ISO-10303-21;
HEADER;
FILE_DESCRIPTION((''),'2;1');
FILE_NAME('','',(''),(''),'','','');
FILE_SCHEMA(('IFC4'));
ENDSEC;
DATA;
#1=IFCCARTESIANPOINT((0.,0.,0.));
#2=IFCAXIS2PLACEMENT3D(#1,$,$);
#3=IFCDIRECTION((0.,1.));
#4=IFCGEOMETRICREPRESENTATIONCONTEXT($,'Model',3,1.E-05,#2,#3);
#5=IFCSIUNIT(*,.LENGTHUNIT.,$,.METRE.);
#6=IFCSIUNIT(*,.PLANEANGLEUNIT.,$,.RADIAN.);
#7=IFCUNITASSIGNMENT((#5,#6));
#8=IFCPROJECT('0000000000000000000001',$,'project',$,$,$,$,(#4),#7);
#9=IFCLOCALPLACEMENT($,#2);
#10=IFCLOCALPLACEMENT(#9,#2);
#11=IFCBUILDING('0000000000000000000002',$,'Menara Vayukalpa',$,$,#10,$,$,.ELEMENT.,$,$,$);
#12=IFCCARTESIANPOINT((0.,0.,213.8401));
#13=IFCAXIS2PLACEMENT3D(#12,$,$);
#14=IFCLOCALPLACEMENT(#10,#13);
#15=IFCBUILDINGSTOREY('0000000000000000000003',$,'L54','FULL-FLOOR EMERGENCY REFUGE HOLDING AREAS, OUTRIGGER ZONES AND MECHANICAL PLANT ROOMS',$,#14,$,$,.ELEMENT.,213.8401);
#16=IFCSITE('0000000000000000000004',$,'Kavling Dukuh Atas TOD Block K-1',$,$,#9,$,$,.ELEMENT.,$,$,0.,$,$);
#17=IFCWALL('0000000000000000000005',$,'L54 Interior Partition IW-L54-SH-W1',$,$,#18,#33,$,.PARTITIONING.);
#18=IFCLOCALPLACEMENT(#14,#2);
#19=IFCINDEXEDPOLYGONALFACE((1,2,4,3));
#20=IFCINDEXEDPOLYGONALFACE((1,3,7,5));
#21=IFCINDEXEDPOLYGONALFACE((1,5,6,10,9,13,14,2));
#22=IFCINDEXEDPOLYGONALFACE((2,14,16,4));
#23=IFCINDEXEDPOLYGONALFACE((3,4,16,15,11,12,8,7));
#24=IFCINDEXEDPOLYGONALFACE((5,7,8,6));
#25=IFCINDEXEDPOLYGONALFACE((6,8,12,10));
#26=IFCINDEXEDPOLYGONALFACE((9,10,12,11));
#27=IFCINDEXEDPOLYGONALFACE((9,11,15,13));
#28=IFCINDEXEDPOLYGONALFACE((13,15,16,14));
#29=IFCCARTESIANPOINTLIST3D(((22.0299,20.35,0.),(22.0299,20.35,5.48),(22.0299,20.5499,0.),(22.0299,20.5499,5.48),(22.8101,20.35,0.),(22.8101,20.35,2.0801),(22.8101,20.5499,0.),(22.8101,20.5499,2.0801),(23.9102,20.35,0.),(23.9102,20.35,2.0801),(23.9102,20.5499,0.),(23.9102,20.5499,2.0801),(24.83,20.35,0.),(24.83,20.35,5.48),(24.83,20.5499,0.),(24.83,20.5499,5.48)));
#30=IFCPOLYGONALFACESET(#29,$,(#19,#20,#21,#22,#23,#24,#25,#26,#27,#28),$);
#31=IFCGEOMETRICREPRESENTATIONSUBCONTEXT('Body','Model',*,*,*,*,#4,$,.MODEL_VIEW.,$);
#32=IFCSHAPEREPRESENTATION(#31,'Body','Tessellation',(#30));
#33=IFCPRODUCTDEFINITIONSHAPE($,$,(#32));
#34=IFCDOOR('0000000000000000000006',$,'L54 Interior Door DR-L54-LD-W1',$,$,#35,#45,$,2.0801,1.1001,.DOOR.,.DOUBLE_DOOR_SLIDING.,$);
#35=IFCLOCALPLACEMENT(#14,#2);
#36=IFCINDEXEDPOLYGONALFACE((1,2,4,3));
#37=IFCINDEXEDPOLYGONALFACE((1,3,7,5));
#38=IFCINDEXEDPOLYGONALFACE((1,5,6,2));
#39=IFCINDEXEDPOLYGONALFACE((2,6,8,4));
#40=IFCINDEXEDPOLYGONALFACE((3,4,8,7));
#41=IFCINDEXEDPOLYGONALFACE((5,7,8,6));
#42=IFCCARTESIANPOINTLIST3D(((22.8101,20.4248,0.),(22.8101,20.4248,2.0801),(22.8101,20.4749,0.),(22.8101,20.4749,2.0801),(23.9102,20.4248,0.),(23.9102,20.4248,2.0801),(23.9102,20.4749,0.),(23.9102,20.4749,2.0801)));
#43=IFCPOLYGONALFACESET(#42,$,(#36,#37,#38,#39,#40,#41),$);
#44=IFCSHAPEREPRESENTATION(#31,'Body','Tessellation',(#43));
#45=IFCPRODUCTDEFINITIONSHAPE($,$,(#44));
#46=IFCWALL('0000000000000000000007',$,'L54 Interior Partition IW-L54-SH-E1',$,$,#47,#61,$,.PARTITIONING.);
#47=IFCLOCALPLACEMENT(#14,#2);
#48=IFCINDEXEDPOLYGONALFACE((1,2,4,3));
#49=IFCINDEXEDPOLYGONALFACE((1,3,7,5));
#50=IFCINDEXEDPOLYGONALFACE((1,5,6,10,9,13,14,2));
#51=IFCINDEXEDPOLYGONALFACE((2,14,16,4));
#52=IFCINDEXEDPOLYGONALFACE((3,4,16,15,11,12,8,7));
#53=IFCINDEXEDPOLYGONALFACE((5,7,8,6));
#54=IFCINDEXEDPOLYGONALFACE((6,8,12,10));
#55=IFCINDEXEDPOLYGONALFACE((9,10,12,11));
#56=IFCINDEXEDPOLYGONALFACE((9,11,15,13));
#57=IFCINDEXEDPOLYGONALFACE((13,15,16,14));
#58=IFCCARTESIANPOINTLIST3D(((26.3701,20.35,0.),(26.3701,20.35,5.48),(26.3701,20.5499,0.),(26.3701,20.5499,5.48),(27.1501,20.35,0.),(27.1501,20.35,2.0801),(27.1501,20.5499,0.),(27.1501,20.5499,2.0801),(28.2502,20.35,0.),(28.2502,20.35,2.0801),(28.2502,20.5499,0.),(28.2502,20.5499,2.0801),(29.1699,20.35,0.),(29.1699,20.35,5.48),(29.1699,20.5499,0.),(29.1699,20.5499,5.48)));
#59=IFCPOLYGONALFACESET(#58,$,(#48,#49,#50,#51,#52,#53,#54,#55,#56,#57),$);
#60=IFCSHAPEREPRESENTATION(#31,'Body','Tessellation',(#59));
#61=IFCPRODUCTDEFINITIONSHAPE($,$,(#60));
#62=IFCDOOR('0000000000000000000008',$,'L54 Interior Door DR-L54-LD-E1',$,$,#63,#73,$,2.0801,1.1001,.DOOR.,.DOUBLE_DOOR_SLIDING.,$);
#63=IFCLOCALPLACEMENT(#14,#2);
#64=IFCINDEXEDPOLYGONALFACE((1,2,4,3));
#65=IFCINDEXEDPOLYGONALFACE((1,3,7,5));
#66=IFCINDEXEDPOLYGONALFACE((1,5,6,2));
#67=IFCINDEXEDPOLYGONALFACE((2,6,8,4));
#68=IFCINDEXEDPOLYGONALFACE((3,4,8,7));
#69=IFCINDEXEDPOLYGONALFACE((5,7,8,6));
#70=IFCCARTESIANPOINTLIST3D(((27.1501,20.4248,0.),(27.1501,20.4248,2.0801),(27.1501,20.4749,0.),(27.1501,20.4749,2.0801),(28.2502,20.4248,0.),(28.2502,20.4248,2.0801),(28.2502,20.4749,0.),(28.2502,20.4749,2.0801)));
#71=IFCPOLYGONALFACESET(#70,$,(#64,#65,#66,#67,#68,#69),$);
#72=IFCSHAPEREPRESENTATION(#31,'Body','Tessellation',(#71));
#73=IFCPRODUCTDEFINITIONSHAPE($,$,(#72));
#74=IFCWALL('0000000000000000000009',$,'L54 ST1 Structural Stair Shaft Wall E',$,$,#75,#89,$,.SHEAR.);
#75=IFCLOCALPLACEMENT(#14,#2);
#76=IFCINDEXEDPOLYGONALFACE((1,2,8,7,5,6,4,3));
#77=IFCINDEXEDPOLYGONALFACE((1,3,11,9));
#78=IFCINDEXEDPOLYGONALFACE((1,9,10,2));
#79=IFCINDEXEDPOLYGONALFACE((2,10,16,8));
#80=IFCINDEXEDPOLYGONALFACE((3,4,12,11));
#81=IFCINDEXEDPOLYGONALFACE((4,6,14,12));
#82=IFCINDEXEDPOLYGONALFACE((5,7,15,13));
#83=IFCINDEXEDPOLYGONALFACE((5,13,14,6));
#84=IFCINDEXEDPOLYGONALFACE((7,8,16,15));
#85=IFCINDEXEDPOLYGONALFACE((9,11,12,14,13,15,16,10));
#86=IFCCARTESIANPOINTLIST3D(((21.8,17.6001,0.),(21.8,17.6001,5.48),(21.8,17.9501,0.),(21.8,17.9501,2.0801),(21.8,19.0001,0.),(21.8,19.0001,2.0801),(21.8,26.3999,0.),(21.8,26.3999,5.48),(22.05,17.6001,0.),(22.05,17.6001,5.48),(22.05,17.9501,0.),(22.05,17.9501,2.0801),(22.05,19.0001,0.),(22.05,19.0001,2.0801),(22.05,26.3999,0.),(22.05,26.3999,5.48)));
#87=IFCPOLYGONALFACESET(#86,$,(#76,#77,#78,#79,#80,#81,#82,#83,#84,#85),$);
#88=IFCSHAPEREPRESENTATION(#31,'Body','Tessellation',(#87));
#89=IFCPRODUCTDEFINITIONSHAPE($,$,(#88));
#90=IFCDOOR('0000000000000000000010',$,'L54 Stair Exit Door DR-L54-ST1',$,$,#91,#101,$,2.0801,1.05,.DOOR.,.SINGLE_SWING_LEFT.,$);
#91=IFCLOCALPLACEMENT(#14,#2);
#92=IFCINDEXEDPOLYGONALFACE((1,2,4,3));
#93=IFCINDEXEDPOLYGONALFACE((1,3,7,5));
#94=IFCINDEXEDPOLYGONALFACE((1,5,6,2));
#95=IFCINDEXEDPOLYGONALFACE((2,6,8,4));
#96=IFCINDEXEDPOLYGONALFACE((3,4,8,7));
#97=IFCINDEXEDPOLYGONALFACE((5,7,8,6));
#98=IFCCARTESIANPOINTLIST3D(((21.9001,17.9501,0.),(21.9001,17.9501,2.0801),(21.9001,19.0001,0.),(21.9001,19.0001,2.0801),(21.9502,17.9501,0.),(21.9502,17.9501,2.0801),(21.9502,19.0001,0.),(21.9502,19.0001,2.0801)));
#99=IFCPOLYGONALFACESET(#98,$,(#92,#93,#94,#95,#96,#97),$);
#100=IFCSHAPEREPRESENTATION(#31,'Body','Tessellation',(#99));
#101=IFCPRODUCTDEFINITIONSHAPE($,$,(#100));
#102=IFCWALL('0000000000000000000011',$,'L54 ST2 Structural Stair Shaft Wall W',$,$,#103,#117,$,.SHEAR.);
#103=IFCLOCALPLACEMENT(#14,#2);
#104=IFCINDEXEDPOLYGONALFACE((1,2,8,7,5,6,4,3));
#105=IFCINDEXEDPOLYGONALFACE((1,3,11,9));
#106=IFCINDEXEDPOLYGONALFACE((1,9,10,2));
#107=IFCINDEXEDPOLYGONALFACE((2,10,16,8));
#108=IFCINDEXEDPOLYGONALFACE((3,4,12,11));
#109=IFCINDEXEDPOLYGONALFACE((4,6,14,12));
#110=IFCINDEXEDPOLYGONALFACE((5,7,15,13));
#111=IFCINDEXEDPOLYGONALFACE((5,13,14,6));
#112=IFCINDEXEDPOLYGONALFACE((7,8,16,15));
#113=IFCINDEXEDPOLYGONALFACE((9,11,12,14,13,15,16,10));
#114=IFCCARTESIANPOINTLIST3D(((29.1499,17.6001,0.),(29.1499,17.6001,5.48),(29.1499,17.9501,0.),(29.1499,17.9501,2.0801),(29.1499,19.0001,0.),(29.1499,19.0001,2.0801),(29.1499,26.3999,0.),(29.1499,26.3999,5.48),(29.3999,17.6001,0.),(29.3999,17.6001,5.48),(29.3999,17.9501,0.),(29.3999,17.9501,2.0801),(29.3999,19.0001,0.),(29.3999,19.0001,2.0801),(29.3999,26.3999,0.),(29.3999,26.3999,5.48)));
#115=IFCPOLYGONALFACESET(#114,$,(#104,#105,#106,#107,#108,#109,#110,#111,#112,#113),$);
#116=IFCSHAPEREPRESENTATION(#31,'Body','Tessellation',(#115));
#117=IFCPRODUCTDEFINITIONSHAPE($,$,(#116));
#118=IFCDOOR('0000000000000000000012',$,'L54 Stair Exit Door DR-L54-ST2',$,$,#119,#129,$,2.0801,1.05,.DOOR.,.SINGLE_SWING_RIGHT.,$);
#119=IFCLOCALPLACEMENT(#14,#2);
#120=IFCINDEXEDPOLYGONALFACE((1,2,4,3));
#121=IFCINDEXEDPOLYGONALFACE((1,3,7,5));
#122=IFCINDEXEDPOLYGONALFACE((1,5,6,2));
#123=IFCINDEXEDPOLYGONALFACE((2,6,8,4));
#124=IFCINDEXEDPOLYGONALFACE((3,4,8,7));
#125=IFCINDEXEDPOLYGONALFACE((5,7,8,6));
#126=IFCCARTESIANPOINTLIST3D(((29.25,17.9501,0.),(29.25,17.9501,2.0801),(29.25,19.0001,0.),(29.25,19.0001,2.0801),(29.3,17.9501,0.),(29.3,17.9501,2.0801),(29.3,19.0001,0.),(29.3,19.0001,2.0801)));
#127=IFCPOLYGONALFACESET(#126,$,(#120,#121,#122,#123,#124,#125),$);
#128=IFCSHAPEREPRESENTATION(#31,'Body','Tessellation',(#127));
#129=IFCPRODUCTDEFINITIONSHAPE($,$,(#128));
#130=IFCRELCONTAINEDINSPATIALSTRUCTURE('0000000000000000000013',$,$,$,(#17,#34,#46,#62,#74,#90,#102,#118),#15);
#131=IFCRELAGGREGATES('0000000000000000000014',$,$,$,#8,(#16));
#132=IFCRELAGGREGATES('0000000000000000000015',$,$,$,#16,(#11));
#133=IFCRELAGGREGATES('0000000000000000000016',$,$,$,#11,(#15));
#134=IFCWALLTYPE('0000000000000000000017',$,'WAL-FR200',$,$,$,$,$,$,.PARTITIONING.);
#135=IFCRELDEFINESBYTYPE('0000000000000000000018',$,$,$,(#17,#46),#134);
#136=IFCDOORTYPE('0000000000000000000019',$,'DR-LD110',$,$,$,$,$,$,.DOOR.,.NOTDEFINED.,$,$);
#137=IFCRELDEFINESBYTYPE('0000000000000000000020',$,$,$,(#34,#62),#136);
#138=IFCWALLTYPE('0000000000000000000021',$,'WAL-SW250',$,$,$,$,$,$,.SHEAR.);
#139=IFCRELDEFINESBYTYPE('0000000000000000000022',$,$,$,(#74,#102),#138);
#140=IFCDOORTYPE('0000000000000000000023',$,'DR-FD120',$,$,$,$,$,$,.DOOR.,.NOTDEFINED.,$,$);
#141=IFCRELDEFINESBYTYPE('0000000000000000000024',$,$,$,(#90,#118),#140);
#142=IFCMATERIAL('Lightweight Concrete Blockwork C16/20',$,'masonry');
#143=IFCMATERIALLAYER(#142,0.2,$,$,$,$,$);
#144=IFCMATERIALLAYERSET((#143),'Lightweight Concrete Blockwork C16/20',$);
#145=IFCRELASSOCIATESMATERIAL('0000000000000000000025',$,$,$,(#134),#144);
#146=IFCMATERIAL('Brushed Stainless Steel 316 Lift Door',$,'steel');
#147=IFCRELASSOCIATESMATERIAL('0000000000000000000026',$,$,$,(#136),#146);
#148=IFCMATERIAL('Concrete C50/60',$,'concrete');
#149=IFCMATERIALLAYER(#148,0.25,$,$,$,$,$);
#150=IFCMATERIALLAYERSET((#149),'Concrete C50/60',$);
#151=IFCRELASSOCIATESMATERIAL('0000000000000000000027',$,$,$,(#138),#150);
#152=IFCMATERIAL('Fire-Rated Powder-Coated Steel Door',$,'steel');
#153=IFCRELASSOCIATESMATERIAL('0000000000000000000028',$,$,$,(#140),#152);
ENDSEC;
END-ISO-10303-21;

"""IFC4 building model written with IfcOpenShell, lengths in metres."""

from ifc_helpers import new_model, si_unit, direction, frame, frame_2d, origin, place, context, subcontext, project, spatial, rectangle, extrude, material, layer, layer_set, type_object, element, fill, save


model = new_model("IFC4")

# Units and contexts
model_context = context("Model", 3, precision=1e-05, world=origin(), true_north=direction((0.0, 1.0)))
body_context = subcontext(model_context, "Body", "Model", "MODEL_VIEW")
ifc_project = project(units=[si_unit("LENGTHUNIT", "METRE"), si_unit("PLANEANGLEUNIT", "RADIAN")], contexts=[model_context])

# Site, building, storey
site_placement = place(None, origin())
site = spatial("IfcSite", under=ifc_project, at=site_placement, Name="Kavling Dukuh Atas TOD Block K-1", CompositionType="ELEMENT", RefElevation=0.0)
building_placement = place(site_placement, origin())
building = spatial("IfcBuilding", under=site, at=building_placement, Name="Menara Vayukalpa", CompositionType="ELEMENT")
storey_placement = place(building_placement, frame((0.0, 0.0, 213.8401)))
storey = spatial("IfcBuildingStorey", under=building, at=storey_placement, Name="L54", Description="FULL-FLOOR EMERGENCY REFUGE HOLDING AREAS, OUTRIGGER ZONES AND MECHANICAL PLANT ROOMS", CompositionType="ELEMENT", Elevation=213.8401)

# Walls, openings, doors
ifc_material_1 = material(Name="Lightweight Concrete Blockwork C16/20", Category="masonry")
ifc_layer_1 = layer(ifc_material_1, 0.2)
ifc_layer_set_1 = layer_set([ifc_layer_1], Name="Lightweight Concrete Blockwork C16/20")
wall_type_1 = type_object("IfcWallType", Name="WAL-FR200", PredefinedType="PARTITIONING", material=ifc_layer_set_1)
wall_1_placement = place(storey_placement, frame((22.03, 20.45, 0.0), z_axis=(0.0, 0.0, 1.0), x_axis=(1.0, 0.0, 0.0)))
wall_1 = element("IfcWall", 1, at=wall_1_placement, inside=storey, type_object=wall_type_1, Name="L54 Interior Partition IW-L54-SH-W1", PredefinedType="PARTITIONING", context=body_context, shape_type="SweptSolid", body=[
    extrude(rectangle(XDim=2.8, YDim=0.2, at=frame_2d((1.3999, 0.0))), origin(), (0.0, 0.0, 1.0), 5.48),
])
opening_1_placement = place(wall_1_placement, frame((0.78, 0.0, 0.0)))
opening_1 = element("IfcOpeningElement", 2, at=opening_1_placement, cuts=wall_1, PredefinedType="OPENING", context=body_context, shape_type="SweptSolid", body=[
    extrude(rectangle(XDim=1.1001, YDim=2.0801, at=frame_2d((0.55, 1.04))), frame((0.0, 0.1099, 0.0), z_axis=(0.0, -1.0, 0.0), x_axis=(1.0, 0.0, 0.0)), (0.0, 0.0, 1.0), 0.22),
])
ifc_material_2 = material(Name="Brushed Stainless Steel 316 Lift Door", Category="steel")
door_type_1 = type_object("IfcDoorType", Name="DR-LD110", OperationType="NOTDEFINED", PredefinedType="DOOR", material=ifc_material_2)
door_1_placement = place(opening_1_placement, origin())
door_1 = element("IfcDoor", 3, at=door_1_placement, inside=storey, type_object=door_type_1, Name="L54 Interior Door DR-L54-LD-W1", OperationType="DOUBLE_DOOR_SLIDING", OverallHeight=2.0801, OverallWidth=1.1001, PredefinedType="DOOR", context=body_context, shape_type="SweptSolid", body=[
    extrude(rectangle(XDim=1.1001, YDim=2.0801, at=frame_2d((0.55, 1.04))), frame((0.0, 0.0249, 0.0), z_axis=(0.0, -1.0, 0.0), x_axis=(1.0, 0.0, 0.0)), (0.0, 0.0, 1.0), 0.05),
])
fill(opening_1, door_1)
wall_2_placement = place(storey_placement, frame((26.3701, 20.45, 0.0), z_axis=(0.0, 0.0, 1.0), x_axis=(1.0, 0.0, 0.0)))
wall_2 = element("IfcWall", 4, at=wall_2_placement, inside=storey, type_object=wall_type_1, Name="L54 Interior Partition IW-L54-SH-E1", PredefinedType="PARTITIONING", context=body_context, shape_type="SweptSolid", body=[
    extrude(rectangle(XDim=2.7998, YDim=0.2, at=frame_2d((1.3999, 0.0))), origin(), (0.0, 0.0, 1.0), 5.48),
])
opening_2_placement = place(wall_2_placement, frame((0.78, 0.0, 0.0)))
opening_2 = element("IfcOpeningElement", 5, at=opening_2_placement, cuts=wall_2, PredefinedType="OPENING", context=body_context, shape_type="SweptSolid", body=[
    extrude(rectangle(XDim=1.1001, YDim=2.0801, at=frame_2d((0.55, 1.04))), frame((0.0, 0.1099, 0.0), z_axis=(0.0, -1.0, 0.0), x_axis=(1.0, 0.0, 0.0)), (0.0, 0.0, 1.0), 0.22),
])
door_2_placement = place(opening_2_placement, origin())
door_2 = element("IfcDoor", 6, at=door_2_placement, inside=storey, type_object=door_type_1, Name="L54 Interior Door DR-L54-LD-E1", OperationType="DOUBLE_DOOR_SLIDING", OverallHeight=2.0801, OverallWidth=1.1001, PredefinedType="DOOR", context=body_context, shape_type="SweptSolid", body=[
    extrude(rectangle(XDim=1.1001, YDim=2.0801, at=frame_2d((0.55, 1.04))), frame((0.0, 0.0249, 0.0), z_axis=(0.0, -1.0, 0.0), x_axis=(1.0, 0.0, 0.0)), (0.0, 0.0, 1.0), 0.05),
])
fill(opening_2, door_2)
ifc_material_3 = material(Name="Concrete C50/60", Category="concrete")
ifc_layer_2 = layer(ifc_material_3, 0.25)
ifc_layer_set_2 = layer_set([ifc_layer_2], Name="Concrete C50/60")
wall_type_2 = type_object("IfcWallType", Name="WAL-SW250", PredefinedType="SHEAR", material=ifc_layer_set_2)
wall_3_placement = place(storey_placement, frame((21.925, 17.6001, 0.0), z_axis=(0.0, 0.0, 1.0), x_axis=(0.0, 1.0, 0.0)))
wall_3 = element("IfcWall", 7, at=wall_3_placement, inside=storey, type_object=wall_type_2, Name="L54 ST1 Structural Stair Shaft Wall E", PredefinedType="SHEAR", context=body_context, shape_type="SweptSolid", body=[
    extrude(rectangle(XDim=8.7998, YDim=0.25, at=frame_2d((4.3999, 0.0))), origin(), (0.0, 0.0, 1.0), 5.48),
])
opening_3_placement = place(wall_3_placement, frame((0.3501, 0.0, 0.0)))
opening_3 = element("IfcOpeningElement", 8, at=opening_3_placement, cuts=wall_3, PredefinedType="OPENING", context=body_context, shape_type="SweptSolid", body=[
    extrude(rectangle(XDim=1.05, YDim=2.0801, at=frame_2d((0.5249, 1.04))), frame((0.0, 0.135, 0.0), z_axis=(0.0, -1.0, 0.0), x_axis=(1.0, 0.0, 0.0)), (0.0, 0.0, 1.0), 0.27),
])
ifc_material_4 = material(Name="Fire-Rated Powder-Coated Steel Door", Category="steel")
door_type_2 = type_object("IfcDoorType", Name="DR-FD120", OperationType="NOTDEFINED", PredefinedType="DOOR", material=ifc_material_4)
door_3_placement = place(opening_3_placement, origin())
door_3 = element("IfcDoor", 9, at=door_3_placement, inside=storey, type_object=door_type_2, Name="L54 Stair Exit Door DR-L54-ST1", OperationType="SINGLE_SWING_LEFT", OverallHeight=2.0801, OverallWidth=1.05, PredefinedType="DOOR", context=body_context, shape_type="SweptSolid", body=[
    extrude(rectangle(XDim=1.05, YDim=2.0801, at=frame_2d((0.5249, 1.04))), frame((0.0, 0.0249, 0.0), z_axis=(0.0, -1.0, 0.0), x_axis=(1.0, 0.0, 0.0)), (0.0, 0.0, 1.0), 0.05),
])
fill(opening_3, door_3)
wall_4_placement = place(storey_placement, frame((29.2749, 17.6001, 0.0), z_axis=(0.0, 0.0, 1.0), x_axis=(0.0, 1.0, 0.0)))
wall_4 = element("IfcWall", 10, at=wall_4_placement, inside=storey, type_object=wall_type_2, Name="L54 ST2 Structural Stair Shaft Wall W", PredefinedType="SHEAR", context=body_context, shape_type="SweptSolid", body=[
    extrude(rectangle(XDim=8.7998, YDim=0.25, at=frame_2d((4.3999, 0.0))), origin(), (0.0, 0.0, 1.0), 5.48),
])
opening_4_placement = place(wall_4_placement, frame((0.3501, 0.0, 0.0)))
opening_4 = element("IfcOpeningElement", 11, at=opening_4_placement, cuts=wall_4, PredefinedType="OPENING", context=body_context, shape_type="SweptSolid", body=[
    extrude(rectangle(XDim=1.05, YDim=2.0801, at=frame_2d((0.5249, 1.04))), frame((0.0, 0.135, 0.0), z_axis=(0.0, -1.0, 0.0), x_axis=(1.0, 0.0, 0.0)), (0.0, 0.0, 1.0), 0.27),
])
door_4_placement = place(opening_4_placement, origin())
door_4 = element("IfcDoor", 12, at=door_4_placement, inside=storey, type_object=door_type_2, Name="L54 Stair Exit Door DR-L54-ST2", OperationType="SINGLE_SWING_RIGHT", OverallHeight=2.0801, OverallWidth=1.05, PredefinedType="DOOR", context=body_context, shape_type="SweptSolid", body=[
    extrude(rectangle(XDim=1.05, YDim=2.0801, at=frame_2d((0.5249, 1.04))), frame((0.0, 0.0249, 0.0), z_axis=(0.0, -1.0, 0.0), x_axis=(1.0, 0.0, 0.0)), (0.0, 0.0, 1.0), 0.05),
])
fill(opening_4, door_4)

save(model, "model.ifc")
